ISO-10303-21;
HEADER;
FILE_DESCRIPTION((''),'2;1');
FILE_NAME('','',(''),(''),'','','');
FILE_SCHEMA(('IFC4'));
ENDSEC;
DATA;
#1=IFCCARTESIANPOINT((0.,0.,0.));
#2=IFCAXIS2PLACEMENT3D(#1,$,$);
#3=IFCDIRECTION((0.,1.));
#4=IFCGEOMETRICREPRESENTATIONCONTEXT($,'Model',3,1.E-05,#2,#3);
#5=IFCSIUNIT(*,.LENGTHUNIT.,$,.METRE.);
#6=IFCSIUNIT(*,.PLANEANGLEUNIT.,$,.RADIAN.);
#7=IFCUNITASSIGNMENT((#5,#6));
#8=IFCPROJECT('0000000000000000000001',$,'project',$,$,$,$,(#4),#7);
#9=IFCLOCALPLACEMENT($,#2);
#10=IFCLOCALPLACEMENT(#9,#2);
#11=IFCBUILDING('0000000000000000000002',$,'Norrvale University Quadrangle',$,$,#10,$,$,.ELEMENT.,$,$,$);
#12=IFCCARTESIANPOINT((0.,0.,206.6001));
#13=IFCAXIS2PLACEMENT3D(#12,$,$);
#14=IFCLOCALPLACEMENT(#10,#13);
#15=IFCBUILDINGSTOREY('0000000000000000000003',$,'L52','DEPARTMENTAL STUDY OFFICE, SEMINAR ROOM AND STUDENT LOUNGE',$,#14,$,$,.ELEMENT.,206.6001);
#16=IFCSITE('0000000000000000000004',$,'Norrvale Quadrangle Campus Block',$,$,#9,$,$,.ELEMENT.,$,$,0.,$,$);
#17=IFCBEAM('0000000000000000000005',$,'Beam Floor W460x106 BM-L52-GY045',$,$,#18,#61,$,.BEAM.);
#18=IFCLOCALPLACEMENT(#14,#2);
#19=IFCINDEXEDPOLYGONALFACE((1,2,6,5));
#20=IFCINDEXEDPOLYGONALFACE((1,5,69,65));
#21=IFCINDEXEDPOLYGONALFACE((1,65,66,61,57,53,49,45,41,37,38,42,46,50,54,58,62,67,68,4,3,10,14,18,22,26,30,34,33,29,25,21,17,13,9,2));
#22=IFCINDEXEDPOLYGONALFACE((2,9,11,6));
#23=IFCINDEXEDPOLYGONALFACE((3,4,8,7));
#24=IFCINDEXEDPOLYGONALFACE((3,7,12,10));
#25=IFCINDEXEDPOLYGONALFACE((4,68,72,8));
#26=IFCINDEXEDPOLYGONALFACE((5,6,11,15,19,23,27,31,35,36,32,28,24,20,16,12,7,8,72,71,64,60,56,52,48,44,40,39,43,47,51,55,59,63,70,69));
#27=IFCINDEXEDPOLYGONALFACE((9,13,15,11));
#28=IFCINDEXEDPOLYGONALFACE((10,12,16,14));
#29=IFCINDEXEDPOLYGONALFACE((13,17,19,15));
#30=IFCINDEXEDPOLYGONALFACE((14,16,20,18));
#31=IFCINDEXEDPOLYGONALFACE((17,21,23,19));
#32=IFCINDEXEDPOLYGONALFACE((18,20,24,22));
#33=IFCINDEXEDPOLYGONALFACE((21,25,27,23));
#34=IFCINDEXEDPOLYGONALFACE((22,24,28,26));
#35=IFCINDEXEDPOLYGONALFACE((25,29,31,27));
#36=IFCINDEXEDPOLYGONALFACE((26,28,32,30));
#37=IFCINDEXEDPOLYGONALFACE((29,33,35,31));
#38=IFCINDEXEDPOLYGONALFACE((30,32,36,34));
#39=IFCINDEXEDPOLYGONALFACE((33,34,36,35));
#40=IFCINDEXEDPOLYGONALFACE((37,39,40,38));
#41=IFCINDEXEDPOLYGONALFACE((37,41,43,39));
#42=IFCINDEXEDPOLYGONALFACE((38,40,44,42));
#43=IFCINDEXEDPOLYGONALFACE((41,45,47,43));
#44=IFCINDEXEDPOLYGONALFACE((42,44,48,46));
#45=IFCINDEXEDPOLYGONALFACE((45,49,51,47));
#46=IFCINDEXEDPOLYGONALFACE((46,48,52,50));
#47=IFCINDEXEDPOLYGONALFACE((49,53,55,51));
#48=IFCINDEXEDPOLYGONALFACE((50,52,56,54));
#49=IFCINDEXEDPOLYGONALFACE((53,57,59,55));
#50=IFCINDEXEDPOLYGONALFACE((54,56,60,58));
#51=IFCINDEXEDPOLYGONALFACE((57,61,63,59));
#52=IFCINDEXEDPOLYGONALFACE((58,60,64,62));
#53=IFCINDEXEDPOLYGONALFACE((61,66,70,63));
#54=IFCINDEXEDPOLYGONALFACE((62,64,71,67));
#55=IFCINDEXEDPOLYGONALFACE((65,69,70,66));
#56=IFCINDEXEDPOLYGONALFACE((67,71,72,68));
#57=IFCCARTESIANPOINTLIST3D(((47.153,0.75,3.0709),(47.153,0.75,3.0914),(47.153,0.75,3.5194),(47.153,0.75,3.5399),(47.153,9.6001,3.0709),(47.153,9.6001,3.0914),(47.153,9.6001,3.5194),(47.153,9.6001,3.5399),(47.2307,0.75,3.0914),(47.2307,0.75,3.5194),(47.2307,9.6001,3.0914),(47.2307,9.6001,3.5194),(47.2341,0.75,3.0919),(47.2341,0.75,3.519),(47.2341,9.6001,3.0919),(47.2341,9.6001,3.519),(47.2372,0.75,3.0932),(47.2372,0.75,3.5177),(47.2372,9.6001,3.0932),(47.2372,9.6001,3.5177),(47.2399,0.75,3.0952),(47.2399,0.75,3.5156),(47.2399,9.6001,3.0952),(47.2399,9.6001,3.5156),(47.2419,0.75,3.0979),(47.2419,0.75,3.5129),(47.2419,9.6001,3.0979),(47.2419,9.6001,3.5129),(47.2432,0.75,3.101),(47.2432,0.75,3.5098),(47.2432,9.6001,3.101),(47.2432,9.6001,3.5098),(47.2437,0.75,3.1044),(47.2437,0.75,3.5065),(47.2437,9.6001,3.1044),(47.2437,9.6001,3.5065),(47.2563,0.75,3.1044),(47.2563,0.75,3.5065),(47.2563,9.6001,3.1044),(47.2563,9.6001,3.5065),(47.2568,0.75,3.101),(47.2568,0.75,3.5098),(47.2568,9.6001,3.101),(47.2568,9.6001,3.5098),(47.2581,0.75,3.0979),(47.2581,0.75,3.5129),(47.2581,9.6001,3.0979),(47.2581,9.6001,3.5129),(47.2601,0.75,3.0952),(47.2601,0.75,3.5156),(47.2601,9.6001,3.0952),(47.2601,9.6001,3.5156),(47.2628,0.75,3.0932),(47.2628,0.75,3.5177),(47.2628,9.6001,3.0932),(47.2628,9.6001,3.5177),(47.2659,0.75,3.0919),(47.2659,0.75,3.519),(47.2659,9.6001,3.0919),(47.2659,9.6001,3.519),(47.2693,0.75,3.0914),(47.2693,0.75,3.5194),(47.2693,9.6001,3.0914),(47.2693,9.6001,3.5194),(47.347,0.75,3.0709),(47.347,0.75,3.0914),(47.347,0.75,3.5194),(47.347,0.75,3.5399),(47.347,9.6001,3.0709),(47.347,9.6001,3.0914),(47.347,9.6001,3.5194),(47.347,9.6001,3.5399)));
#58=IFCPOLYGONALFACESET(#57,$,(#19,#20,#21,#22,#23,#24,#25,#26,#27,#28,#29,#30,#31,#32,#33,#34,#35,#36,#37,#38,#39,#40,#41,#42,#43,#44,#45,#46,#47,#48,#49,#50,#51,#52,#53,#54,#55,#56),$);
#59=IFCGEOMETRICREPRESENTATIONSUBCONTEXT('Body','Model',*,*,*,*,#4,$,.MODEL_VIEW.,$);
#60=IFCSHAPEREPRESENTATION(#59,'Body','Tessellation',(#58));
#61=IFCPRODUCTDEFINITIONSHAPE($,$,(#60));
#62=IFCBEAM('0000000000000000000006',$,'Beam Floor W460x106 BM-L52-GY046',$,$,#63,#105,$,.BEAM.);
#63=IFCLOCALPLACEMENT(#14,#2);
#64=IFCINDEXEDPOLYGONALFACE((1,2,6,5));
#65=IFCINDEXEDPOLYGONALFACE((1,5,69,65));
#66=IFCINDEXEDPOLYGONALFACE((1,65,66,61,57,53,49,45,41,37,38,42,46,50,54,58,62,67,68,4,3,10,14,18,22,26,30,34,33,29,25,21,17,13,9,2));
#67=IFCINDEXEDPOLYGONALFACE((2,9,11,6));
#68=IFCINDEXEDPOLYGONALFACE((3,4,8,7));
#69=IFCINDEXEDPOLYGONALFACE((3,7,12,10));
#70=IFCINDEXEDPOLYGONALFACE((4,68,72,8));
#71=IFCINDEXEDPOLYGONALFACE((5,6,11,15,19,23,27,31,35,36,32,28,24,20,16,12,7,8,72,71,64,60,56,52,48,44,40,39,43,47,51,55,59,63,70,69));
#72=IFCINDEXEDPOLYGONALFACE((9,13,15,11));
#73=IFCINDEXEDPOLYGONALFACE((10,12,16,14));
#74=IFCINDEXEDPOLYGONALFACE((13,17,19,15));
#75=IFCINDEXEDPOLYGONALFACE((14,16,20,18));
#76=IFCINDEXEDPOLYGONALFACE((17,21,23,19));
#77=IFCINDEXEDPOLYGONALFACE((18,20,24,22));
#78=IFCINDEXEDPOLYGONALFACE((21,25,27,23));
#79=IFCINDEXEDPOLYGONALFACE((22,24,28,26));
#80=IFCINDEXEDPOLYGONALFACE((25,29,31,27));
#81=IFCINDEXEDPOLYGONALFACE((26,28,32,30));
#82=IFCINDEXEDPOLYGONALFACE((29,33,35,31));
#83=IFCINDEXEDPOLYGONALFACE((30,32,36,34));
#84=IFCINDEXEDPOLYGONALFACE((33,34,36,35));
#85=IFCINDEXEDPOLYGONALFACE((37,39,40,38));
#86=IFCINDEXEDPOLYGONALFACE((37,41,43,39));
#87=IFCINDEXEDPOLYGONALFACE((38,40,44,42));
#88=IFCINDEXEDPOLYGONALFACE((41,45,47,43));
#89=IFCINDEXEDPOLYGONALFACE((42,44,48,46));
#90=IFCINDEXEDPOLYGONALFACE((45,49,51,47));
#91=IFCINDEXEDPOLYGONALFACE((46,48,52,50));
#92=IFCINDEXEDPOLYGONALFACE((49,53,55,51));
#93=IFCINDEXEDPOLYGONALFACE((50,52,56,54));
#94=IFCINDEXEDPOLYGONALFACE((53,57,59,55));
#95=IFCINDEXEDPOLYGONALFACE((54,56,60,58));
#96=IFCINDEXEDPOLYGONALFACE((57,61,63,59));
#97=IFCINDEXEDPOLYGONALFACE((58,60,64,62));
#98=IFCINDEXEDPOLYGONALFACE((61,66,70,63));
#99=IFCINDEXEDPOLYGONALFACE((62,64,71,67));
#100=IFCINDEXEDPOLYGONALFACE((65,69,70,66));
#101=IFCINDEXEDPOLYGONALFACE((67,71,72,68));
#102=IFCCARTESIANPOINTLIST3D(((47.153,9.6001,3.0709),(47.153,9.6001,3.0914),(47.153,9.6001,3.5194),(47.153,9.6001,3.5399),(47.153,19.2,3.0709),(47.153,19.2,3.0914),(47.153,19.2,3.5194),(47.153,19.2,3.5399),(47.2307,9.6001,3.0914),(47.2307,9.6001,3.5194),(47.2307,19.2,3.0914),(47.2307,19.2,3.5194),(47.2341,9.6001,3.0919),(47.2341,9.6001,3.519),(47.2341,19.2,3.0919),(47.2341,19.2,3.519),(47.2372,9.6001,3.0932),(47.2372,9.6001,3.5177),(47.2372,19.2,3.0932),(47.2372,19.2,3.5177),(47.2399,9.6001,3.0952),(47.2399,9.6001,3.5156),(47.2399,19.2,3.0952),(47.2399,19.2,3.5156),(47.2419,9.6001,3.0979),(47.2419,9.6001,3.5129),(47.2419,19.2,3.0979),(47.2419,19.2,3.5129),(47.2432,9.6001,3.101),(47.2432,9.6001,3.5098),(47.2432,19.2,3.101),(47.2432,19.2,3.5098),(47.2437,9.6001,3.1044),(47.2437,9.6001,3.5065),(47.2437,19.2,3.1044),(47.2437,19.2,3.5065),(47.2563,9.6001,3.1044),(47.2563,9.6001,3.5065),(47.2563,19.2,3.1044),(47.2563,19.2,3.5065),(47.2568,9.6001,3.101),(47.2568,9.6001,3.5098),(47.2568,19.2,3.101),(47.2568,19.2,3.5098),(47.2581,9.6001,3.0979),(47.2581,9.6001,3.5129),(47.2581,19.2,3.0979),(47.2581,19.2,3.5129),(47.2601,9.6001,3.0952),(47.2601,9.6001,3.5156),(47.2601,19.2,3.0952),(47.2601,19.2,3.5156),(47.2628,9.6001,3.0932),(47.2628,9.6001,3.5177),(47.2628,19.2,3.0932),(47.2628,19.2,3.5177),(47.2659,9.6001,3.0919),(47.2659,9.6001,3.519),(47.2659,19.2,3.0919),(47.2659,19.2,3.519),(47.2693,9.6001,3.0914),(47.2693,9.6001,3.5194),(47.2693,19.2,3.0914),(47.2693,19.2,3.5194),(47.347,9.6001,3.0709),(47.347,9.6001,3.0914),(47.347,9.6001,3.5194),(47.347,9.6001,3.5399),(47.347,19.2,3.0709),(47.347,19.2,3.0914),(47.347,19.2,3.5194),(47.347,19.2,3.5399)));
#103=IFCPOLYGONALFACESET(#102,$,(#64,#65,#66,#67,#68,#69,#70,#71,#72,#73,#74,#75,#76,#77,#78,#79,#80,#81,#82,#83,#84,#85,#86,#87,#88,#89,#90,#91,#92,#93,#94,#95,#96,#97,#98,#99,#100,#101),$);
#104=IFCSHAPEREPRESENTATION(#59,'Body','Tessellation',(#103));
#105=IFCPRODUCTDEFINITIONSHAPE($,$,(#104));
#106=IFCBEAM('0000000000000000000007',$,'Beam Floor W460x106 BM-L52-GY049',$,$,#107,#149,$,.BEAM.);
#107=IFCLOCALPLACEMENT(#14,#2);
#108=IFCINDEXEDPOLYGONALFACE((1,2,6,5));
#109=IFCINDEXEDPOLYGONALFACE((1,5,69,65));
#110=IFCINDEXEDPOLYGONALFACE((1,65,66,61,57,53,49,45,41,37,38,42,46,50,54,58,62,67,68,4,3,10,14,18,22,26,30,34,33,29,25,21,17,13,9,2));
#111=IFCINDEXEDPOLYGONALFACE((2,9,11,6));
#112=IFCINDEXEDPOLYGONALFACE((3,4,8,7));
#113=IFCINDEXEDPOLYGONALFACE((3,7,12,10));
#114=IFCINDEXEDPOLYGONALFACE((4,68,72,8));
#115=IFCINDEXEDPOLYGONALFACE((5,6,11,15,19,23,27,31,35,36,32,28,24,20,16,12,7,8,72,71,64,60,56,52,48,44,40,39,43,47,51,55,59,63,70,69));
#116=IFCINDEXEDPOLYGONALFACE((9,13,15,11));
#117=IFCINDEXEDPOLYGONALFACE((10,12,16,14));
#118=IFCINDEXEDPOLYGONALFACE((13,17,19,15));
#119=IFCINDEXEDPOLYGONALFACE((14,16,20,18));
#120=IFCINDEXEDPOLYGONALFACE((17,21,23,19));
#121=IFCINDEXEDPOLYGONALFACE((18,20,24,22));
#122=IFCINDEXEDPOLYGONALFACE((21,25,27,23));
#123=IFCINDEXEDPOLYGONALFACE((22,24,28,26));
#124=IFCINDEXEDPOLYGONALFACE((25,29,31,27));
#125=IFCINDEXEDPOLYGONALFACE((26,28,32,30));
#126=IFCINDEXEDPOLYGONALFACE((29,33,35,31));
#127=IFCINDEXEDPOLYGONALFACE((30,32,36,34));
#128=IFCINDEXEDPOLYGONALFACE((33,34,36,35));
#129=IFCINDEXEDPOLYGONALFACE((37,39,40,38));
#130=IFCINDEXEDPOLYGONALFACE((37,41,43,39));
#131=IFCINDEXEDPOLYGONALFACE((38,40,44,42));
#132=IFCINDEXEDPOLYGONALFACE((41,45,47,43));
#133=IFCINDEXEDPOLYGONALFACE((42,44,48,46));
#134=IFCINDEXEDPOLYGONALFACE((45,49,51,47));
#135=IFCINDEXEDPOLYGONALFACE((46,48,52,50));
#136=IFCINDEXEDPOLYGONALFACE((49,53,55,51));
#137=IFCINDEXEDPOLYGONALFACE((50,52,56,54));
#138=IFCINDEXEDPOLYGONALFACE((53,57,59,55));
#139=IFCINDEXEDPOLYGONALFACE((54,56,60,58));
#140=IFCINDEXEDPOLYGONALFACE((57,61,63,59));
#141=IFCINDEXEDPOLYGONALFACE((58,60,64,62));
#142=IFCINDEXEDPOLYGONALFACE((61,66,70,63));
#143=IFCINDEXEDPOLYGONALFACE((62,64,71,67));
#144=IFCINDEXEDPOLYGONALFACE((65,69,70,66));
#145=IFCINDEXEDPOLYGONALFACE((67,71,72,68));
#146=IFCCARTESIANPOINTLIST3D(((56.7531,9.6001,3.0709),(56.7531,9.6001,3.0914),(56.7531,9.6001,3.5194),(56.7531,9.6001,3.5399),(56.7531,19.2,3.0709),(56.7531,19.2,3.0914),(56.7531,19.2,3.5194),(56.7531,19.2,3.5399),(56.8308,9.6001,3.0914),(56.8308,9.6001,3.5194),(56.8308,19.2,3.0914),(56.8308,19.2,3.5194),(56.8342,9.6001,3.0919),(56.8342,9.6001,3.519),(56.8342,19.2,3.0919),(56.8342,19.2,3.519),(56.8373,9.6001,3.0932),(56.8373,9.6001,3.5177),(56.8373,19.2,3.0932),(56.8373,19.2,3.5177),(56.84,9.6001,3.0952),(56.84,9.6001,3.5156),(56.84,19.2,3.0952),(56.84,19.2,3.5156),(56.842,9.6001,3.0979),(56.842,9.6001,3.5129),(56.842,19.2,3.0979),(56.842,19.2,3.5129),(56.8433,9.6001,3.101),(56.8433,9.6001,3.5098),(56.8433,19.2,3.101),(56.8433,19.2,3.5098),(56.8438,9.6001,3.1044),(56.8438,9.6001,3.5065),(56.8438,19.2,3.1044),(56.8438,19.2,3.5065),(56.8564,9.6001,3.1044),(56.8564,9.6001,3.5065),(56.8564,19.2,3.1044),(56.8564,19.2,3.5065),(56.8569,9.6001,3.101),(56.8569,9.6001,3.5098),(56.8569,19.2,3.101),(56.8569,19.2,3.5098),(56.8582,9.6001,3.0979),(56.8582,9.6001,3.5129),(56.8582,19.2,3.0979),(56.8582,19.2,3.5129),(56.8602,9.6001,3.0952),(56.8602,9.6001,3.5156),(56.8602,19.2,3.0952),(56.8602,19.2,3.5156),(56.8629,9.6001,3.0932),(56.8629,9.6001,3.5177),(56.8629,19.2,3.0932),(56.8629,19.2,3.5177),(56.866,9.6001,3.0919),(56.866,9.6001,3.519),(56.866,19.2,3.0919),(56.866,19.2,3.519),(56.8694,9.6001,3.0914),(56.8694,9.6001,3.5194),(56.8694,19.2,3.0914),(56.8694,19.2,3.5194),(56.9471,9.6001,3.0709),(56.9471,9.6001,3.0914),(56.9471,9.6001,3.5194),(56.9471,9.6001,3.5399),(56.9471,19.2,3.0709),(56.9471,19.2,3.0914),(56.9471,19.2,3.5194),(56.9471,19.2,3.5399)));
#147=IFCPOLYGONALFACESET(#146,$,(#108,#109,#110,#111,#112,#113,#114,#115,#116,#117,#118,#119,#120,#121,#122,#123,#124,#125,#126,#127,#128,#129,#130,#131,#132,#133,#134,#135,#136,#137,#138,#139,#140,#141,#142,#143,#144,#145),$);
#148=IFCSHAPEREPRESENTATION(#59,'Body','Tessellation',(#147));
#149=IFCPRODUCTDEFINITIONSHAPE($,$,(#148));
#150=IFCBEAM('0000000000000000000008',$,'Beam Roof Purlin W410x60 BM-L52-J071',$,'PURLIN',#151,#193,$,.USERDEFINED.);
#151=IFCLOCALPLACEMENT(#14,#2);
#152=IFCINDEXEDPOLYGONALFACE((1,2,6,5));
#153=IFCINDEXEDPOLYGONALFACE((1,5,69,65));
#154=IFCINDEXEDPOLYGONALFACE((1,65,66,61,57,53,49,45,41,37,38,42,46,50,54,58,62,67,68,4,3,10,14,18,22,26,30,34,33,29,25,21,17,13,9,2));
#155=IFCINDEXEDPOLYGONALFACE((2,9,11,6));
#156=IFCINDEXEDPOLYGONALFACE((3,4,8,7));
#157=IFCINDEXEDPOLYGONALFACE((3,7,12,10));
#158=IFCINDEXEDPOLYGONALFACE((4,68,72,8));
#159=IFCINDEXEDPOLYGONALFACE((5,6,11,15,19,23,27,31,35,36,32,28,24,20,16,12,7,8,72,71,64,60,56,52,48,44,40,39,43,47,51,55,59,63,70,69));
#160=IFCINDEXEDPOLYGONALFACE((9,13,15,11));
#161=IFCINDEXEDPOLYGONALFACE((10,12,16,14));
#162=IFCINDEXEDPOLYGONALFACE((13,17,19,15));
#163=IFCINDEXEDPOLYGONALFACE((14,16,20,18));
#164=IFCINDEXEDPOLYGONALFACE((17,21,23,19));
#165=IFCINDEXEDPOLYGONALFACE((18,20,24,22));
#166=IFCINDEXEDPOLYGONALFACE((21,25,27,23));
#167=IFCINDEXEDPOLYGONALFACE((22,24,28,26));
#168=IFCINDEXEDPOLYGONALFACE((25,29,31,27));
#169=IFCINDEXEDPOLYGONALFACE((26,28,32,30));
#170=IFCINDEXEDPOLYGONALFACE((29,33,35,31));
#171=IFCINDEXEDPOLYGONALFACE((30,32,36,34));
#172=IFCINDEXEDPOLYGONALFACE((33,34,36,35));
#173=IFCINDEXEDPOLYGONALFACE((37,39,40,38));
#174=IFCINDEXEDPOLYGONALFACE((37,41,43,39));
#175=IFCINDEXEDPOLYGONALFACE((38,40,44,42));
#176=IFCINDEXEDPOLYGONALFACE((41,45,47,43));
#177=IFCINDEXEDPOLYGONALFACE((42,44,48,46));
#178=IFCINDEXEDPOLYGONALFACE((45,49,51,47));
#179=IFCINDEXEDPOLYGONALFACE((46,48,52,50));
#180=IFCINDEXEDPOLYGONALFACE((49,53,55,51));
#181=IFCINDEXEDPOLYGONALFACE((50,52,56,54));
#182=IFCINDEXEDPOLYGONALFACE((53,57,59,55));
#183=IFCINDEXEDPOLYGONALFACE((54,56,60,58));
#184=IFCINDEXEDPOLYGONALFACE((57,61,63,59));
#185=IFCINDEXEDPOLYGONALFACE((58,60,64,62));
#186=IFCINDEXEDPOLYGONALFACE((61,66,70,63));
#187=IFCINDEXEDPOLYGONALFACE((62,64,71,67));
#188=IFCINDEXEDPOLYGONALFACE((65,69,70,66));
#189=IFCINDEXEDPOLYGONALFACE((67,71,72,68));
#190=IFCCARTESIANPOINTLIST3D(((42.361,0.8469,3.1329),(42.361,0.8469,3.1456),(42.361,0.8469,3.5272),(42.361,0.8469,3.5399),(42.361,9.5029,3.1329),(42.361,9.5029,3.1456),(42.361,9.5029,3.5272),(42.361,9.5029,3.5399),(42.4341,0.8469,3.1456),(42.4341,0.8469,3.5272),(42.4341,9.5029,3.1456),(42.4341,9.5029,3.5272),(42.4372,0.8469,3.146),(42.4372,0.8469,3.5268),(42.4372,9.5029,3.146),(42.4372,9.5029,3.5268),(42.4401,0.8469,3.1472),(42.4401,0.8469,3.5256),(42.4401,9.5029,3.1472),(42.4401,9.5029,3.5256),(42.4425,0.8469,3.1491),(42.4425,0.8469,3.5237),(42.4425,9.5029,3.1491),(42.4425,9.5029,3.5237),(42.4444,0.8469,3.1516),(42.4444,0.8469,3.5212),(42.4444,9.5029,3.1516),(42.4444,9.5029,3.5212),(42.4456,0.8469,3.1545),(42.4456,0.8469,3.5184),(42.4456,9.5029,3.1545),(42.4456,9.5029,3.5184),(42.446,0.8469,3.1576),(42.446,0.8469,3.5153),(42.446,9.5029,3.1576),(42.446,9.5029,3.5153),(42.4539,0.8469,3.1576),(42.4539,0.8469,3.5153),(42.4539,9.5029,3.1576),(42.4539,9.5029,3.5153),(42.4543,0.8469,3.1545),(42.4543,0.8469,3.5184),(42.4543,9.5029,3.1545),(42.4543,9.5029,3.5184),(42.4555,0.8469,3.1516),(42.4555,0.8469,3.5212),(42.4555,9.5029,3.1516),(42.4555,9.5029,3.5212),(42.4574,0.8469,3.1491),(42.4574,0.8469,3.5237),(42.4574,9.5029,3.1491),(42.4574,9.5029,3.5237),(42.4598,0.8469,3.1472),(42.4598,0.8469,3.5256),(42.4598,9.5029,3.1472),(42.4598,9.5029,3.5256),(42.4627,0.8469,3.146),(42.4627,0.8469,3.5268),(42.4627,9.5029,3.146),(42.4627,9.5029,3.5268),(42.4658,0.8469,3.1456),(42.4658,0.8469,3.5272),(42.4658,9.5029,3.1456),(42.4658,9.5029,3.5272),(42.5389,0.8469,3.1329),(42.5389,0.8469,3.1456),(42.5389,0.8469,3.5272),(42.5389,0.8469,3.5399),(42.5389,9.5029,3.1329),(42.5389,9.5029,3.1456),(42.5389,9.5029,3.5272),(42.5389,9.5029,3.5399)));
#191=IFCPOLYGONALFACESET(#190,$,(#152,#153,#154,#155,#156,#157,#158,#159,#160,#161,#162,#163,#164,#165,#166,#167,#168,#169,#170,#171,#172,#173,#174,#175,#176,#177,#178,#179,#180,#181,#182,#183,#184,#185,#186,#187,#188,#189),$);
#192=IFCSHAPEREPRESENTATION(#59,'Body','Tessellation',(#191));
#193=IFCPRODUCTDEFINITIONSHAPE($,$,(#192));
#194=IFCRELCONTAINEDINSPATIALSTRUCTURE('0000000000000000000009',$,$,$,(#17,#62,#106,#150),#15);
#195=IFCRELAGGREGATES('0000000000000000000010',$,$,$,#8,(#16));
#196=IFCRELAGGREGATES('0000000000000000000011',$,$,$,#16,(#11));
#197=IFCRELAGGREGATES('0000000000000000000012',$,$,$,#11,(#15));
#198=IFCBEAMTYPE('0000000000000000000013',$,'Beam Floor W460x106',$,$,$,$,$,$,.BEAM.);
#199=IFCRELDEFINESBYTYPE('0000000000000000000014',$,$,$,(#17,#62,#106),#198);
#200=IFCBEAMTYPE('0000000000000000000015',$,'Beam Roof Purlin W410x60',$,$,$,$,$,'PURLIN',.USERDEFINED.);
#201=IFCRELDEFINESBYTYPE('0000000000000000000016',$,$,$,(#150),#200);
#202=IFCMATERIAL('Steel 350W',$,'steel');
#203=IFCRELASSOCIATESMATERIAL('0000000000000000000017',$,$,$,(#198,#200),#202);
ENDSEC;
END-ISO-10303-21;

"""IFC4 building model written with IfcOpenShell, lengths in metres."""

from ifc_helpers import new_model, si_unit, direction, frame, origin, origin_2d, place, context, subcontext, project, spatial, i_section, extrude, material, material_profile, profile_set, type_object, element, save


model = new_model("IFC4")

# Units and contexts
model_context = context("Model", 3, precision=1e-05, world=origin(), true_north=direction((0.0, 1.0)))
body_context = subcontext(model_context, "Body", "Model", "MODEL_VIEW")
ifc_project = project(units=[si_unit("LENGTHUNIT", "METRE"), si_unit("PLANEANGLEUNIT", "RADIAN")], contexts=[model_context])

# Site, building, storey
site_placement = place(None, origin())
site = spatial("IfcSite", under=ifc_project, at=site_placement, Name="Norrvale Quadrangle Campus Block", CompositionType="ELEMENT", RefElevation=0.0)
building_placement = place(site_placement, origin())
building = spatial("IfcBuilding", under=site, at=building_placement, Name="Norrvale University Quadrangle", CompositionType="ELEMENT")
storey_placement = place(building_placement, frame((0.0, 0.0, 206.6001)))
storey = spatial("IfcBuildingStorey", under=building, at=storey_placement, Name="L52", Description="DEPARTMENTAL STUDY OFFICE, SEMINAR ROOM AND STUDENT LOUNGE", CompositionType="ELEMENT", Elevation=206.6001)

# Beams
ifc_material_1 = material(Name="Steel 350W", Category="steel")
ifc_material_profile_1 = material_profile(ifc_material_1, i_section(OverallWidth=0.1941, OverallDepth=0.469, WebThickness=0.0127, FlangeThickness=0.0205, FilletRadius=0.0129, at=origin_2d()), Name="Steel 350W")
ifc_profile_set_1 = profile_set([ifc_material_profile_1], Name="Steel 350W")
beam_type_1 = type_object("IfcBeamType", Name="Beam Floor W460x106", PredefinedType="BEAM", material=ifc_profile_set_1)
beam_1_placement = place(storey_placement, frame((47.25, 0.75, 3.3054), z_axis=(0.0, 1.0, 0.0), x_axis=(-1.0, 0.0, 0.0)))
element("IfcBeam", 1, at=beam_1_placement, inside=storey, type_object=beam_type_1, Name="Beam Floor W460x106 BM-L52-GY045", PredefinedType="BEAM", context=body_context, shape_type="SweptSolid", body=[
    extrude(i_section(OverallWidth=0.1941, OverallDepth=0.469, WebThickness=0.0127, FlangeThickness=0.0205, FilletRadius=0.0129, at=origin_2d()), origin(), (0.0, 0.0, 1.0), 8.8501),
])
for number, where, z_axis, x_axis, name in (
    (2, (47.25, 9.6001, 3.3054), (0.0, 1.0, 0.0), (-1.0, 0.0, 0.0), "Beam Floor W460x106 BM-L52-GY046"),
    (3, (56.8501, 9.6001, 3.3054), (0.0, 1.0, 0.0), (-1.0, 0.0, 0.0), "Beam Floor W460x106 BM-L52-GY049"),
):
    element("IfcBeam", number, at=place(storey_placement, frame(where, z_axis=z_axis, x_axis=x_axis)), inside=storey, type_object=beam_type_1, Name=name, PredefinedType="BEAM", context=body_context, shape_type="SweptSolid", body=[
        extrude(i_section(OverallWidth=0.1941, OverallDepth=0.469, WebThickness=0.0127, FlangeThickness=0.0205, FilletRadius=0.0129, at=origin_2d()), origin(), (0.0, 0.0, 1.0), 9.5999),
    ])
ifc_material_profile_2 = material_profile(ifc_material_1, i_section(OverallWidth=0.178, OverallDepth=0.407, WebThickness=0.0078, FlangeThickness=0.0127, FilletRadius=0.012, at=origin_2d()), Name="Steel 350W")
ifc_profile_set_2 = profile_set([ifc_material_profile_2], Name="Steel 350W")
beam_type_2 = type_object("IfcBeamType", Name="Beam Roof Purlin W410x60", ElementType="PURLIN", PredefinedType="USERDEFINED", material=ifc_profile_set_2)
beam_2_placement = place(storey_placement, frame((42.45, 0.8469, 3.3364), z_axis=(0.0, 1.0, 0.0), x_axis=(-1.0, 0.0, 0.0)))
element("IfcBeam", 4, at=beam_2_placement, inside=storey, type_object=beam_type_2, Name="Beam Roof Purlin W410x60 BM-L52-J071", ObjectType="PURLIN", PredefinedType="USERDEFINED", context=body_context, shape_type="SweptSolid", body=[
    extrude(i_section(OverallWidth=0.178, OverallDepth=0.407, WebThickness=0.0078, FlangeThickness=0.0127, FilletRadius=0.012, at=origin_2d()), origin(), (0.0, 0.0, 1.0), 8.656),
])

save(model, "model.ifc")
